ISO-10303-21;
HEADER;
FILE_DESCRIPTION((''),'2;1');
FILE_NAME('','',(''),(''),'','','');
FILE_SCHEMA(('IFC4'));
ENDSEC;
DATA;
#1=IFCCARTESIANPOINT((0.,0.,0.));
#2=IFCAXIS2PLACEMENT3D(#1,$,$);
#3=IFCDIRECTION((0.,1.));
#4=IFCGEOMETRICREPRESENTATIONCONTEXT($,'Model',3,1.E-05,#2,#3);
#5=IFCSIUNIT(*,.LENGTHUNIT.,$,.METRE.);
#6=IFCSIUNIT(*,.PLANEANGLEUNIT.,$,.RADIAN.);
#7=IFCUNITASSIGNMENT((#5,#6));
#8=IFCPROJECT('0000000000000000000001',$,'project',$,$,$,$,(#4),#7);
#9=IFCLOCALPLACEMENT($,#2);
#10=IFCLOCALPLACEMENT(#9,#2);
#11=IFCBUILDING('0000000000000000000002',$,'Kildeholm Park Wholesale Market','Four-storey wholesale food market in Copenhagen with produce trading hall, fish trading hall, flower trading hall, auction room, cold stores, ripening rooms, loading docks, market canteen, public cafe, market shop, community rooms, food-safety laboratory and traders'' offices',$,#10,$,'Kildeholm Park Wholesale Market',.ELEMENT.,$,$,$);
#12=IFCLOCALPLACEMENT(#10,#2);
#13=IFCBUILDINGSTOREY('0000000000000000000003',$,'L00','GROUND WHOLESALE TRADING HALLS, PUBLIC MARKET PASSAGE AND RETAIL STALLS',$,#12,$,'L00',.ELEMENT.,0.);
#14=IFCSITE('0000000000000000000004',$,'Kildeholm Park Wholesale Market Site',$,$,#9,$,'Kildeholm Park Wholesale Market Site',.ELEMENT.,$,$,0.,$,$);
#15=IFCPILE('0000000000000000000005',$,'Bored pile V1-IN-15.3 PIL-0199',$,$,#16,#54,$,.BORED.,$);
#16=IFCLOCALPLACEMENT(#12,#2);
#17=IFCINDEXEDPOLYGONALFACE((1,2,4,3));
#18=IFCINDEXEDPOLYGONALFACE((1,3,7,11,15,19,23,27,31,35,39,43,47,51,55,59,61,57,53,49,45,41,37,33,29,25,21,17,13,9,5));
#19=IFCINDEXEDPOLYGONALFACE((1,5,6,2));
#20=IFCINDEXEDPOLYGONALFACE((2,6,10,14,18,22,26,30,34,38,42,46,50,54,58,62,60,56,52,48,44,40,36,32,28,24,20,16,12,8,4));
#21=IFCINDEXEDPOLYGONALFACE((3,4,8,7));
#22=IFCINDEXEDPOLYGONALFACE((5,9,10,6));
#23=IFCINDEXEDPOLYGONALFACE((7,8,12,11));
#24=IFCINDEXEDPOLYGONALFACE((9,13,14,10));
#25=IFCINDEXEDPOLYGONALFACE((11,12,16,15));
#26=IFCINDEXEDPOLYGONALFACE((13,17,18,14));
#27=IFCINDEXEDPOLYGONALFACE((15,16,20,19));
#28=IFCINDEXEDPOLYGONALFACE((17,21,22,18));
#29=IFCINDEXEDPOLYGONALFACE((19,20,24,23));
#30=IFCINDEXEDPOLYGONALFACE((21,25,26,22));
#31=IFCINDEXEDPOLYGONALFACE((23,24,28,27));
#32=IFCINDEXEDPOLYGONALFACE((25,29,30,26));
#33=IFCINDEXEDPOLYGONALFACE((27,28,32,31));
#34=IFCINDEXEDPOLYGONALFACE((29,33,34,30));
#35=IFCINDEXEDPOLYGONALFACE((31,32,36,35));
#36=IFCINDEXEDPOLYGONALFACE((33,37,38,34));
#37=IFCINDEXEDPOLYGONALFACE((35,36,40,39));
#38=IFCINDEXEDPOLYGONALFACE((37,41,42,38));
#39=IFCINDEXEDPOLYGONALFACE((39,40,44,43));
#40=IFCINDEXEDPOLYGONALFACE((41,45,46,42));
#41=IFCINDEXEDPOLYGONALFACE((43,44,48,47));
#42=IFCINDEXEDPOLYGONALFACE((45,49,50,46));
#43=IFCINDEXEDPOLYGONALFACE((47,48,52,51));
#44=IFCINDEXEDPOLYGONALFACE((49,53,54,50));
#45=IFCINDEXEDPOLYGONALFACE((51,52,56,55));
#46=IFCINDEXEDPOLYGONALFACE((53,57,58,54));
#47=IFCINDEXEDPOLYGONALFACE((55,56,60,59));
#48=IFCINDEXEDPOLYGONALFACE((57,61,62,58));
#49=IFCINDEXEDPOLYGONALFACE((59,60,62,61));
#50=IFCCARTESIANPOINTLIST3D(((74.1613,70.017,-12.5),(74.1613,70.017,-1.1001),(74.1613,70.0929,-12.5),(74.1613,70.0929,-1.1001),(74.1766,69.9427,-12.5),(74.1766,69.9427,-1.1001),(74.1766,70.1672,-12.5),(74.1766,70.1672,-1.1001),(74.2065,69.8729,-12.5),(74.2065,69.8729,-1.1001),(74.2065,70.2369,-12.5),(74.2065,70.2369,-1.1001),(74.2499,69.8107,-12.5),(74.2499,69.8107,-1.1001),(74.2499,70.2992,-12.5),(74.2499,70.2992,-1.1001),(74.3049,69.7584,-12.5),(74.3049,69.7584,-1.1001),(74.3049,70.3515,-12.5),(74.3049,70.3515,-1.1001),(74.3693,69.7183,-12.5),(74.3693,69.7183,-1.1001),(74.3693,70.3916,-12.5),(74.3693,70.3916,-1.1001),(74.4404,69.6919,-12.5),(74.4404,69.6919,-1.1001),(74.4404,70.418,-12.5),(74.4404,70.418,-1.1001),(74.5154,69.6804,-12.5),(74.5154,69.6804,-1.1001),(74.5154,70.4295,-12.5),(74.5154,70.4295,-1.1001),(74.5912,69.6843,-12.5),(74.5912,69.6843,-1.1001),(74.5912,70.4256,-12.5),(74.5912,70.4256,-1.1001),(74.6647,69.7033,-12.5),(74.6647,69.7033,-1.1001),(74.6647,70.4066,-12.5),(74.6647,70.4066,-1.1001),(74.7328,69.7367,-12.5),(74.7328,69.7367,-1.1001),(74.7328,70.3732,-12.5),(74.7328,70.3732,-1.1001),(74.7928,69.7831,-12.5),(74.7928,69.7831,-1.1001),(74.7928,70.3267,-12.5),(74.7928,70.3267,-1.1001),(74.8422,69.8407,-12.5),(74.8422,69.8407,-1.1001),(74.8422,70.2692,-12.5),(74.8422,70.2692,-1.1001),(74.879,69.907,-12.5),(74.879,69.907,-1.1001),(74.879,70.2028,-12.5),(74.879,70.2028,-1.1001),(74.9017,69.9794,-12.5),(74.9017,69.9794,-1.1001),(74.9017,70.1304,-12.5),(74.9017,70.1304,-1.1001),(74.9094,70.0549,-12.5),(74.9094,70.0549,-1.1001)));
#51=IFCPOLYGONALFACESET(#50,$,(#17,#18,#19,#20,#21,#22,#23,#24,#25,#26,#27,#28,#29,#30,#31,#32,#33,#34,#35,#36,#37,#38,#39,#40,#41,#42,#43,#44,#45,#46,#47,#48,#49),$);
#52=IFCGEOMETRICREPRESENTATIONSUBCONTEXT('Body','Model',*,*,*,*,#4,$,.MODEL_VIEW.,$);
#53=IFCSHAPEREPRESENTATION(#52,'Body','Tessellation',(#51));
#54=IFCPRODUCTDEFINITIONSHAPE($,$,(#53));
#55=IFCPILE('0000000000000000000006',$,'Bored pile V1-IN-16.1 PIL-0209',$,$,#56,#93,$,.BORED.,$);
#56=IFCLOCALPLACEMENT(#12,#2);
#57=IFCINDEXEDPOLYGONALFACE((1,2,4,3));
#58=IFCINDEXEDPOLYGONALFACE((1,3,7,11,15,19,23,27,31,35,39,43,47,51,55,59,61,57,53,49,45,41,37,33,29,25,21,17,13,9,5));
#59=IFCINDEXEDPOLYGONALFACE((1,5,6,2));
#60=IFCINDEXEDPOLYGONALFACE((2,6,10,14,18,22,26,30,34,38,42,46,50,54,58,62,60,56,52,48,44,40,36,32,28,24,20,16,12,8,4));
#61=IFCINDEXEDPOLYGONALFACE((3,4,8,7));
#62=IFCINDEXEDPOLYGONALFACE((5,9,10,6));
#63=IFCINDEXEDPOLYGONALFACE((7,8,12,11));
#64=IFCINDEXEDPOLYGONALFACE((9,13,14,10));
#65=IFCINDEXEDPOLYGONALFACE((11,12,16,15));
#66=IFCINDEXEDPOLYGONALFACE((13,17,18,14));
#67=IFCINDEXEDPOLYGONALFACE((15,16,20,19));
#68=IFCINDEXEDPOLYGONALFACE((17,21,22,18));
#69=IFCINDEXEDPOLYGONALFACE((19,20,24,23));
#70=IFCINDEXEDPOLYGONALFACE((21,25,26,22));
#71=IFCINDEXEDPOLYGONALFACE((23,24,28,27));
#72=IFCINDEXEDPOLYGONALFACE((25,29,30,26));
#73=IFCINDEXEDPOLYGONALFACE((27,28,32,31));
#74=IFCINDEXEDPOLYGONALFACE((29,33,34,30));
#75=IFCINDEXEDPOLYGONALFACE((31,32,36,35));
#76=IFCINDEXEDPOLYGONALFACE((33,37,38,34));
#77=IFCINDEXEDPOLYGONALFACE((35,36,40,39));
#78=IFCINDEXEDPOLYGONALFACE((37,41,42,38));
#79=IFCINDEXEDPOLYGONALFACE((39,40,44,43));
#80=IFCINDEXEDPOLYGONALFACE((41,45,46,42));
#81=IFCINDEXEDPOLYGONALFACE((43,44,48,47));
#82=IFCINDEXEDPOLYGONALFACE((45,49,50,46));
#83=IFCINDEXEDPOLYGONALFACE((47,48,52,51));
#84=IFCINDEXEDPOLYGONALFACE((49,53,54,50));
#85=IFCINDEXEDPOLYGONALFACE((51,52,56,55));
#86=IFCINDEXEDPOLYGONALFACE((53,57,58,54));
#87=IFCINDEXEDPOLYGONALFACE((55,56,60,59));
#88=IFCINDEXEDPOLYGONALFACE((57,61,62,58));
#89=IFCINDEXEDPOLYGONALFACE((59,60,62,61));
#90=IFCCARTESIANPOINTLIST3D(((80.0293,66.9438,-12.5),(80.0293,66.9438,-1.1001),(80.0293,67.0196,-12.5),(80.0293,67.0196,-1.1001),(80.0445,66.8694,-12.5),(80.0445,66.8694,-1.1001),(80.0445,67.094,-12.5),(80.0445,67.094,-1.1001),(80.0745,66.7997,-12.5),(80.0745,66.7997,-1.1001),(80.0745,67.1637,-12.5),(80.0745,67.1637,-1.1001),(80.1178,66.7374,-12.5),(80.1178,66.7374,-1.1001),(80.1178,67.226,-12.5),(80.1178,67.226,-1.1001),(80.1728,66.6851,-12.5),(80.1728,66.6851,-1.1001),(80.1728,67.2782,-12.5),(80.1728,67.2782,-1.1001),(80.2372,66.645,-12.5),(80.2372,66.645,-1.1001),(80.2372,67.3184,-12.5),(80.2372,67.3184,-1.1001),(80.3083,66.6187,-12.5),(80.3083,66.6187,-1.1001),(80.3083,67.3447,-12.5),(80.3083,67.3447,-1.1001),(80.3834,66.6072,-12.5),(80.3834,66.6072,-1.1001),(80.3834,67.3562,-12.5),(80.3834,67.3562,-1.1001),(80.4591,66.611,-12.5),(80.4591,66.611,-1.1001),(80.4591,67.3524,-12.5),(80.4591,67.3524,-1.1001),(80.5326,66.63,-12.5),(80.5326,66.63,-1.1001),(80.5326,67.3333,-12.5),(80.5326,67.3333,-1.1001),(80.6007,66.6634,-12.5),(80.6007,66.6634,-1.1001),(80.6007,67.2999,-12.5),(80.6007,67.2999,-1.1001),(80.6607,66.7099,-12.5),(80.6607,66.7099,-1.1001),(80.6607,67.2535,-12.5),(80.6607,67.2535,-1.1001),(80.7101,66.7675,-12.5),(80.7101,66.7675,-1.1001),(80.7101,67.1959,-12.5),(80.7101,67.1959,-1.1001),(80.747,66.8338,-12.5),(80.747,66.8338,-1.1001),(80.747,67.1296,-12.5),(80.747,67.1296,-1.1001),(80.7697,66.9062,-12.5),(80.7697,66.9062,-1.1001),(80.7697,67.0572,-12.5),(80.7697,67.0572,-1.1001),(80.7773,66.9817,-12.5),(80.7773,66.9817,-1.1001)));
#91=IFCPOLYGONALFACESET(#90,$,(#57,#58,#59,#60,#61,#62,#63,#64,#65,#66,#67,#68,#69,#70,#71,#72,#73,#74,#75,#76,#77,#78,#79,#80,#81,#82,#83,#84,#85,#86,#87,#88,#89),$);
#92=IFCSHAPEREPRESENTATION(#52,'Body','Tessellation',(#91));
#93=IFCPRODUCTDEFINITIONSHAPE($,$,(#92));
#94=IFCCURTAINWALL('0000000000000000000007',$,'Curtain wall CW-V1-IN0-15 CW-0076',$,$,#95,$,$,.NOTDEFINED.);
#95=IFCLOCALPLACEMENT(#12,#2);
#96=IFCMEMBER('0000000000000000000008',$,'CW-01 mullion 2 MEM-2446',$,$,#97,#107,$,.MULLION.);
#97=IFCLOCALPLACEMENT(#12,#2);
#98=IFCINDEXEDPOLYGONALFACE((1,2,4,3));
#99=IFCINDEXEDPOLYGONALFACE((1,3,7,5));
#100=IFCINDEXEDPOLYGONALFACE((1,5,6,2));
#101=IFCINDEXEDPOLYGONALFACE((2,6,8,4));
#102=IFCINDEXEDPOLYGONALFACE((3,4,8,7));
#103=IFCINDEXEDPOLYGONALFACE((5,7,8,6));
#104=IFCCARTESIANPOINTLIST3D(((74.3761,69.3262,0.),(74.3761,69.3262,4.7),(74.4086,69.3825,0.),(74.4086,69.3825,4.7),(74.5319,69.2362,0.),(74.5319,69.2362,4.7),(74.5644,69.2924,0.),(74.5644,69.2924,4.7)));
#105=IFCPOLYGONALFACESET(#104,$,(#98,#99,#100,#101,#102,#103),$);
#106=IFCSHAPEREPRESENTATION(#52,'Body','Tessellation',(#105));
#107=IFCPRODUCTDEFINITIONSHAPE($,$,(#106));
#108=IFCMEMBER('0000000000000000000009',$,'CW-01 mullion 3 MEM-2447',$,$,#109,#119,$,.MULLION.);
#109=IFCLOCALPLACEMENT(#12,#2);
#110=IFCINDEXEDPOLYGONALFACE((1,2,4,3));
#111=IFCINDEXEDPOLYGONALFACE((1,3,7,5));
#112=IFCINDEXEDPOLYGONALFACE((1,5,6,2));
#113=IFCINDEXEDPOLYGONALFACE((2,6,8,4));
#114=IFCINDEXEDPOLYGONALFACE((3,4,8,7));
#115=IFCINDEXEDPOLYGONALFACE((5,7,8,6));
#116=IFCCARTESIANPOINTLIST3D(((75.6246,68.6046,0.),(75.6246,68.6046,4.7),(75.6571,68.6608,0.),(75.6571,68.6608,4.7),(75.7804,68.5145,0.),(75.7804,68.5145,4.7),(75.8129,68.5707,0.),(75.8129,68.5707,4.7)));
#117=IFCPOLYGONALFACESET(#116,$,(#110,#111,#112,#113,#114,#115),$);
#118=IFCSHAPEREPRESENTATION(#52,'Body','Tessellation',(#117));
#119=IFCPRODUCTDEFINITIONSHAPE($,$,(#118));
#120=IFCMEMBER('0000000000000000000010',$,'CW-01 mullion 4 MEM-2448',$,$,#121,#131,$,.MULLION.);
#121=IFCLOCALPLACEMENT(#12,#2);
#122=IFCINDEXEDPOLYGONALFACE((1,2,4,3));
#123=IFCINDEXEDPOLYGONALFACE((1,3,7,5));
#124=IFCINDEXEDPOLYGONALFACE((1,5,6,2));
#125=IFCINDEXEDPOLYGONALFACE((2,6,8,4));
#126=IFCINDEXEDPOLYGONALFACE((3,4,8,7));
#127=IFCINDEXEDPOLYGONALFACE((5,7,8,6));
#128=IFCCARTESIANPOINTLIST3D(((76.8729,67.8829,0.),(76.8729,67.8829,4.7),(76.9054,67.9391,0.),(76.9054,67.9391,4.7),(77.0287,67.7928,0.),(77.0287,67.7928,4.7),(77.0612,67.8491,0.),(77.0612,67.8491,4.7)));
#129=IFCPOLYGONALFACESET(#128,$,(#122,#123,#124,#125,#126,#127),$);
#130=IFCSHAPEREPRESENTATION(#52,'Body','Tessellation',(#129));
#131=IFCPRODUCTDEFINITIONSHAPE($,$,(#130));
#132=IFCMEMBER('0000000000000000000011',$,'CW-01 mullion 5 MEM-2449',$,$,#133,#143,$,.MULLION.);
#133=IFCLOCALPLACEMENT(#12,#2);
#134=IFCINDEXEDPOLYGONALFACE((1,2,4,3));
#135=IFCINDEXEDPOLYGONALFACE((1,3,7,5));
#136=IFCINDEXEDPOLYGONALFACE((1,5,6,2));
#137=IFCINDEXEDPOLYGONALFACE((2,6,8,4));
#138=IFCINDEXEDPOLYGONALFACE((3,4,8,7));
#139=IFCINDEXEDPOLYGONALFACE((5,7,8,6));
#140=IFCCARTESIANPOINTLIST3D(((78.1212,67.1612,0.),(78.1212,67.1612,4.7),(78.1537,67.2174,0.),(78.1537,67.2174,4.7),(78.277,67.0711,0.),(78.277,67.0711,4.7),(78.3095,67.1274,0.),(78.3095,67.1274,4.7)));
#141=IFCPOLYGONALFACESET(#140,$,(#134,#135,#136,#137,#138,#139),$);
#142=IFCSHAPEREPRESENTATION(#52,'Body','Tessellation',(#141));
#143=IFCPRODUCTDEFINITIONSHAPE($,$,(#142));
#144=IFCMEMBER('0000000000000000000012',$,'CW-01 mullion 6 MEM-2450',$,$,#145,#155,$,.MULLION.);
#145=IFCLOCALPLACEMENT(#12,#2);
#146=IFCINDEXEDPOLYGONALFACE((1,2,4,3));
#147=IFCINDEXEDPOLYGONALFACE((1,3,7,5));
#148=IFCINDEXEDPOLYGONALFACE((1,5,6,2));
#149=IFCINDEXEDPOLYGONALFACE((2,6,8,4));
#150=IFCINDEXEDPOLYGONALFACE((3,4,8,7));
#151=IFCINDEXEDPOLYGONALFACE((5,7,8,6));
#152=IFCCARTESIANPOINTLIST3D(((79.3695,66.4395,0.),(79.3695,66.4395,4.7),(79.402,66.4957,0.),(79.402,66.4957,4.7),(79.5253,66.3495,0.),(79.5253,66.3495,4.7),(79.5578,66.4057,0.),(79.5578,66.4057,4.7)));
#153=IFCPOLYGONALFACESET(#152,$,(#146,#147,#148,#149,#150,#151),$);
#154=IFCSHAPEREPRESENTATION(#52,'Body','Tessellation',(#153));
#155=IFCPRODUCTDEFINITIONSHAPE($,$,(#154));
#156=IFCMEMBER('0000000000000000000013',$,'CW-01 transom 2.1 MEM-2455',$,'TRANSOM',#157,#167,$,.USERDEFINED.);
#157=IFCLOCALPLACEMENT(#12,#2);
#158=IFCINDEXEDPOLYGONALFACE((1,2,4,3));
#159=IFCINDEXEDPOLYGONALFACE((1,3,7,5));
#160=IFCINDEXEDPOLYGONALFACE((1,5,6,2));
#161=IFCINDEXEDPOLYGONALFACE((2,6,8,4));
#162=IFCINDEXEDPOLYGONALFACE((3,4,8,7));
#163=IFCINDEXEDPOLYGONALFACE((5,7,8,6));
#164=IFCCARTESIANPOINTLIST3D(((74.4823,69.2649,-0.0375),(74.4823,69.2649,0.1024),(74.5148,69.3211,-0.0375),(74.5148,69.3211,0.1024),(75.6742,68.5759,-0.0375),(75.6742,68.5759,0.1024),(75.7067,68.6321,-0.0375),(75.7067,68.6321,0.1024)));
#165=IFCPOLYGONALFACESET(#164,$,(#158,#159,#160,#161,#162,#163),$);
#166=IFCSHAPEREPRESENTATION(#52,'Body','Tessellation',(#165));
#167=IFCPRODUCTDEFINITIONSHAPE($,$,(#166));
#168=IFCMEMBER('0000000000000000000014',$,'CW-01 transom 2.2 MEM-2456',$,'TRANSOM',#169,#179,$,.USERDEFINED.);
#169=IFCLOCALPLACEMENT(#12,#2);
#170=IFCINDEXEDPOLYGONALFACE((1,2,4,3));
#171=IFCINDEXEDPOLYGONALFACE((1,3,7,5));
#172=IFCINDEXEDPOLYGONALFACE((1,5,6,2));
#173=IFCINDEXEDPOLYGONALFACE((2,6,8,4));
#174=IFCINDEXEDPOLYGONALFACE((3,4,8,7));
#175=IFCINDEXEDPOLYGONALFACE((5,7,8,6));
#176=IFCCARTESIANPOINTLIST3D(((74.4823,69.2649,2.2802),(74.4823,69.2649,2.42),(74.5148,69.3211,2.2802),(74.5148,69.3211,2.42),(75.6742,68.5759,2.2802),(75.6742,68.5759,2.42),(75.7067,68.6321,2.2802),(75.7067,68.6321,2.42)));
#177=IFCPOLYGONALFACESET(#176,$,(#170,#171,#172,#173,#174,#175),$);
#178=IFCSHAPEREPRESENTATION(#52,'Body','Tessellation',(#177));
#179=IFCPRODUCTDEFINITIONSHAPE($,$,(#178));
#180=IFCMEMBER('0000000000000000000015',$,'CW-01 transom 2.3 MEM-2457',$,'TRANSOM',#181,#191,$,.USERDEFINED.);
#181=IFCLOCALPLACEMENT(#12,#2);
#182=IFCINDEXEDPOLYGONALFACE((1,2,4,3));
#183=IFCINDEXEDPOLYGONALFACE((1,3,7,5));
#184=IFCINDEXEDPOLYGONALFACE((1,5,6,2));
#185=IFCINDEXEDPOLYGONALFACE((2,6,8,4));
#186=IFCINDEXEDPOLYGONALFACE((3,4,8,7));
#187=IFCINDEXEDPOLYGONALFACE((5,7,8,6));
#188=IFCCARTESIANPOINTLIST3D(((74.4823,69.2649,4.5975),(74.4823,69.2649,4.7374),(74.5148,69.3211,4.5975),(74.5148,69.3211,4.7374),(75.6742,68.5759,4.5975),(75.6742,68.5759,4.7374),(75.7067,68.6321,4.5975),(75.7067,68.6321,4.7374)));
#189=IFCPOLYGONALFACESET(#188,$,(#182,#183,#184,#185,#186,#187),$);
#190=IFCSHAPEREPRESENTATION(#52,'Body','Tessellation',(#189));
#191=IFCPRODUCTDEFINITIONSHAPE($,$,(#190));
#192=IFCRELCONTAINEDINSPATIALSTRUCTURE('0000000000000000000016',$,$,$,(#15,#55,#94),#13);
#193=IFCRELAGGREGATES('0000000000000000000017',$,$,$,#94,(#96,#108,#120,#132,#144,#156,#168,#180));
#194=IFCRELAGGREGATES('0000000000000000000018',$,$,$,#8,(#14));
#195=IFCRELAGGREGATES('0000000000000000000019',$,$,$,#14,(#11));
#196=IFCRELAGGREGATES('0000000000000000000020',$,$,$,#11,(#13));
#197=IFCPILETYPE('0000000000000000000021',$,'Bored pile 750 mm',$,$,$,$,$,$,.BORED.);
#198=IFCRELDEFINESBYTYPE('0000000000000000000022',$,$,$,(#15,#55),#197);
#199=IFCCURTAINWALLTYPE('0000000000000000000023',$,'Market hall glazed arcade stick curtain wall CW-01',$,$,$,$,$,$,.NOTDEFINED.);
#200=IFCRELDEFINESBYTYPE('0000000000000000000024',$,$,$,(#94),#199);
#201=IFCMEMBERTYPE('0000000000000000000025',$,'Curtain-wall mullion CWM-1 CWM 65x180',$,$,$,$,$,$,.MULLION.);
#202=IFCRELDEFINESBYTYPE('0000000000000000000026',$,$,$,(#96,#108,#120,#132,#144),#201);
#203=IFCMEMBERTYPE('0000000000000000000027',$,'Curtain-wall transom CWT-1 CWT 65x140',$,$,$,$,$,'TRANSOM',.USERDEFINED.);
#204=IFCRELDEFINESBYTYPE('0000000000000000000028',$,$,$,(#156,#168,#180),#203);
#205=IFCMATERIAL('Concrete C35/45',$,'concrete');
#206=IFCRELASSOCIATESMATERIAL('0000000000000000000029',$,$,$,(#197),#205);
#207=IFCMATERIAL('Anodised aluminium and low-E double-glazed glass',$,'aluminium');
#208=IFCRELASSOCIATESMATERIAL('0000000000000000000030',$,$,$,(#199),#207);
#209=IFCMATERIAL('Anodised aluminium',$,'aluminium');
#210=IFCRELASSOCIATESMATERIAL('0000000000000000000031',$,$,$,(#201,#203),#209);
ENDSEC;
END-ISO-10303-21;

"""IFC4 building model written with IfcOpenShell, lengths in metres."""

from ifc_helpers import new_model, si_unit, direction, frame, origin, origin_2d, place, context, subcontext, project, spatial, rectangle, circle, extrude, material, material_profile, profile_set, type_object, element, aggregate, save


model = new_model("IFC4")

# Units and contexts
model_context = context("Model", 3, precision=1e-05, world=origin(), true_north=direction((0.0, 1.0)))
body_context = subcontext(model_context, "Body", "Model", "MODEL_VIEW")
ifc_project = project(units=[si_unit("LENGTHUNIT", "METRE"), si_unit("PLANEANGLEUNIT", "RADIAN")], contexts=[model_context])

# Site, building, storey
site_placement = place(None, origin())
site = spatial("IfcSite", under=ifc_project, at=site_placement, Name="Kildeholm Park Wholesale Market Site", LongName="Kildeholm Park Wholesale Market Site", CompositionType="ELEMENT", RefElevation=0.0)
building_placement = place(site_placement, origin())
building = spatial("IfcBuilding", under=site, at=building_placement, Name="Kildeholm Park Wholesale Market", Description="Four-storey wholesale food market in Copenhagen with produce trading hall, fish trading hall, flower trading hall, auction room, cold stores, ripening rooms, loading docks, market canteen, public cafe, market shop, community rooms, food-safety laboratory and traders' offices", LongName="Kildeholm Park Wholesale Market", CompositionType="ELEMENT")
storey_placement = place(building_placement, origin())
storey = spatial("IfcBuildingStorey", under=building, at=storey_placement, Name="L00", Description="GROUND WHOLESALE TRADING HALLS, PUBLIC MARKET PASSAGE AND RETAIL STALLS", LongName="L00", CompositionType="ELEMENT", Elevation=0.0)

# Piles
ifc_material_1 = material(Name="Concrete C35/45", Category="concrete")
ifc_material_profile_1 = material_profile(ifc_material_1, circle(Radius=0.375, at=origin_2d()), Name="PILE D750")
ifc_profile_set_1 = profile_set([ifc_material_profile_1], Name="Concrete C35/45")
pile_type = type_object("IfcPileType", Name="Bored pile 750 mm", PredefinedType="BORED", material=ifc_profile_set_1)
for number, where, z_axis, x_axis, name in (
    (1, (74.5344, 70.0549, -1.1001), (0.0, 0.0, -1.0), (1.0, 0.0, 0.0), "Bored pile V1-IN-15.3 PIL-0199"),
    (2, (80.4023, 66.9817, -1.1001), (0.0, 0.0, -1.0), (1.0, 0.0, 0.0), "Bored pile V1-IN-16.1 PIL-0209"),
):
    element("IfcPile", number, at=place(storey_placement, frame(where, z_axis=z_axis, x_axis=x_axis)), inside=storey, type_object=pile_type, Name=name, PredefinedType="BORED", context=body_context, shape_type="SweptSolid", body=[
        extrude(circle(Radius=0.375, at=origin_2d()), origin(), (0.0, 0.0, 1.0), 11.3999),
    ])

# Curtain wall, members
ifc_material_2 = material(Name="Anodised aluminium and low-E double-glazed glass", Category="aluminium")
curtain_wall_type = type_object("IfcCurtainWallType", Name="Market hall glazed arcade stick curtain wall CW-01", PredefinedType="NOTDEFINED", material=ifc_material_2)
curtain_wall_placement = place(storey_placement, origin())
curtain_wall = element("IfcCurtainWall", 3, at=curtain_wall_placement, inside=storey, type_object=curtain_wall_type, Name="Curtain wall CW-V1-IN0-15 CW-0076", PredefinedType="NOTDEFINED")
ifc_material_3 = material(Name="Anodised aluminium", Category="aluminium")
ifc_material_profile_2 = material_profile(ifc_material_3, rectangle(XDim=0.0649, YDim=0.1799, at=origin_2d()), Name="CWM 65x180")
ifc_profile_set_2 = profile_set([ifc_material_profile_2], Name="Anodised aluminium")
member_type_1 = type_object("IfcMemberType", Name="Curtain-wall mullion CWM-1 CWM 65x180", PredefinedType="MULLION", material=ifc_profile_set_2)
member_1_placement = place(storey_placement, frame((74.4702, 69.3093, 0.0), z_axis=(0.0, 0.0, 1.0), x_axis=(0.500489, 0.865743, 0.0)))
member_1 = element("IfcMember", 4, at=member_1_placement, type_object=member_type_1, Name="CW-01 mullion 2 MEM-2446", PredefinedType="MULLION", context=body_context, shape_type="SweptSolid", body=[
    extrude(rectangle(XDim=0.0649, YDim=0.1799, at=origin_2d()), origin(), (0.0, 0.0, 1.0), 4.7),
])
member_2_placement = place(storey_placement, frame((75.7188, 68.5876, 0.0), z_axis=(0.0, 0.0, 1.0), x_axis=(0.500489, 0.865743, 0.0)))
member_2 = element("IfcMember", 5, at=member_2_placement, type_object=member_type_1, Name="CW-01 mullion 3 MEM-2447", PredefinedType="MULLION", context=body_context, shape_type="SweptSolid", body=[
    extrude(rectangle(XDim=0.0649, YDim=0.1799, at=origin_2d()), origin(), (0.0, 0.0, 1.0), 4.7),
])
member_3_placement = place(storey_placement, frame((76.967, 67.866, 0.0), z_axis=(0.0, 0.0, 1.0), x_axis=(0.500489, 0.865743, 0.0)))
member_3 = element("IfcMember", 6, at=member_3_placement, type_object=member_type_1, Name="CW-01 mullion 4 MEM-2448", PredefinedType="MULLION", context=body_context, shape_type="SweptSolid", body=[
    extrude(rectangle(XDim=0.0649, YDim=0.1799, at=origin_2d()), origin(), (0.0, 0.0, 1.0), 4.7),
])
member_4_placement = place(storey_placement, frame((78.2153, 67.1443, 0.0), z_axis=(0.0, 0.0, 1.0), x_axis=(0.500489, 0.865743, 0.0)))
member_4 = element("IfcMember", 7, at=member_4_placement, type_object=member_type_1, Name="CW-01 mullion 5 MEM-2449", PredefinedType="MULLION", context=body_context, shape_type="SweptSolid", body=[
    extrude(rectangle(XDim=0.0649, YDim=0.1799, at=origin_2d()), origin(), (0.0, 0.0, 1.0), 4.7),
])
member_5_placement = place(storey_placement, frame((79.4636, 66.4226, 0.0), z_axis=(0.0, 0.0, 1.0), x_axis=(0.500489, 0.865743, 0.0)))
member_5 = element("IfcMember", 8, at=member_5_placement, type_object=member_type_1, Name="CW-01 mullion 6 MEM-2450", PredefinedType="MULLION", context=body_context, shape_type="SweptSolid", body=[
    extrude(rectangle(XDim=0.0649, YDim=0.1799, at=origin_2d()), origin(), (0.0, 0.0, 1.0), 4.7),
])
ifc_material_profile_3 = material_profile(ifc_material_3, rectangle(XDim=0.0649, YDim=0.1399, at=origin_2d()), Name="CWT 65x140")
ifc_profile_set_3 = profile_set([ifc_material_profile_3], Name="Anodised aluminium")
member_type_2 = type_object("IfcMemberType", Name="Curtain-wall transom CWT-1 CWT 65x140", ElementType="TRANSOM", PredefinedType="USERDEFINED", material=ifc_profile_set_3)
member_6_placement = place(storey_placement, frame((74.4985, 69.293, 0.0325), z_axis=(0.865766, -0.500449, 0.0), x_axis=(0.500449, 0.865766, 0.0)))
member_6 = element("IfcMember", 9, at=member_6_placement, type_object=member_type_2, Name="CW-01 transom 2.1 MEM-2455", ObjectType="TRANSOM", PredefinedType="USERDEFINED", context=body_context, shape_type="SweptSolid", body=[
    extrude(rectangle(XDim=0.0649, YDim=0.1399, at=origin_2d()), origin(), (0.0, 0.0, 1.0), 1.3767),
])
member_7_placement = place(storey_placement, frame((74.4985, 69.293, 2.3501), z_axis=(0.865766, -0.500449, 0.0), x_axis=(0.500449, 0.865766, 0.0)))
member_7 = element("IfcMember", 10, at=member_7_placement, type_object=member_type_2, Name="CW-01 transom 2.2 MEM-2456", ObjectType="TRANSOM", PredefinedType="USERDEFINED", context=body_context, shape_type="SweptSolid", body=[
    extrude(rectangle(XDim=0.0649, YDim=0.1399, at=origin_2d()), origin(), (0.0, 0.0, 1.0), 1.3767),
])
member_8_placement = place(storey_placement, frame((74.4985, 69.293, 4.6675), z_axis=(0.865766, -0.500449, 0.0), x_axis=(0.500449, 0.865766, 0.0)))
member_8 = element("IfcMember", 11, at=member_8_placement, type_object=member_type_2, Name="CW-01 transom 2.3 MEM-2457", ObjectType="TRANSOM", PredefinedType="USERDEFINED", context=body_context, shape_type="SweptSolid", body=[
    extrude(rectangle(XDim=0.0649, YDim=0.1399, at=origin_2d()), origin(), (0.0, 0.0, 1.0), 1.3767),
])
aggregate(curtain_wall, [member_1, member_2, member_3, member_4, member_5, member_6, member_7, member_8])

save(model, "model.ifc")
